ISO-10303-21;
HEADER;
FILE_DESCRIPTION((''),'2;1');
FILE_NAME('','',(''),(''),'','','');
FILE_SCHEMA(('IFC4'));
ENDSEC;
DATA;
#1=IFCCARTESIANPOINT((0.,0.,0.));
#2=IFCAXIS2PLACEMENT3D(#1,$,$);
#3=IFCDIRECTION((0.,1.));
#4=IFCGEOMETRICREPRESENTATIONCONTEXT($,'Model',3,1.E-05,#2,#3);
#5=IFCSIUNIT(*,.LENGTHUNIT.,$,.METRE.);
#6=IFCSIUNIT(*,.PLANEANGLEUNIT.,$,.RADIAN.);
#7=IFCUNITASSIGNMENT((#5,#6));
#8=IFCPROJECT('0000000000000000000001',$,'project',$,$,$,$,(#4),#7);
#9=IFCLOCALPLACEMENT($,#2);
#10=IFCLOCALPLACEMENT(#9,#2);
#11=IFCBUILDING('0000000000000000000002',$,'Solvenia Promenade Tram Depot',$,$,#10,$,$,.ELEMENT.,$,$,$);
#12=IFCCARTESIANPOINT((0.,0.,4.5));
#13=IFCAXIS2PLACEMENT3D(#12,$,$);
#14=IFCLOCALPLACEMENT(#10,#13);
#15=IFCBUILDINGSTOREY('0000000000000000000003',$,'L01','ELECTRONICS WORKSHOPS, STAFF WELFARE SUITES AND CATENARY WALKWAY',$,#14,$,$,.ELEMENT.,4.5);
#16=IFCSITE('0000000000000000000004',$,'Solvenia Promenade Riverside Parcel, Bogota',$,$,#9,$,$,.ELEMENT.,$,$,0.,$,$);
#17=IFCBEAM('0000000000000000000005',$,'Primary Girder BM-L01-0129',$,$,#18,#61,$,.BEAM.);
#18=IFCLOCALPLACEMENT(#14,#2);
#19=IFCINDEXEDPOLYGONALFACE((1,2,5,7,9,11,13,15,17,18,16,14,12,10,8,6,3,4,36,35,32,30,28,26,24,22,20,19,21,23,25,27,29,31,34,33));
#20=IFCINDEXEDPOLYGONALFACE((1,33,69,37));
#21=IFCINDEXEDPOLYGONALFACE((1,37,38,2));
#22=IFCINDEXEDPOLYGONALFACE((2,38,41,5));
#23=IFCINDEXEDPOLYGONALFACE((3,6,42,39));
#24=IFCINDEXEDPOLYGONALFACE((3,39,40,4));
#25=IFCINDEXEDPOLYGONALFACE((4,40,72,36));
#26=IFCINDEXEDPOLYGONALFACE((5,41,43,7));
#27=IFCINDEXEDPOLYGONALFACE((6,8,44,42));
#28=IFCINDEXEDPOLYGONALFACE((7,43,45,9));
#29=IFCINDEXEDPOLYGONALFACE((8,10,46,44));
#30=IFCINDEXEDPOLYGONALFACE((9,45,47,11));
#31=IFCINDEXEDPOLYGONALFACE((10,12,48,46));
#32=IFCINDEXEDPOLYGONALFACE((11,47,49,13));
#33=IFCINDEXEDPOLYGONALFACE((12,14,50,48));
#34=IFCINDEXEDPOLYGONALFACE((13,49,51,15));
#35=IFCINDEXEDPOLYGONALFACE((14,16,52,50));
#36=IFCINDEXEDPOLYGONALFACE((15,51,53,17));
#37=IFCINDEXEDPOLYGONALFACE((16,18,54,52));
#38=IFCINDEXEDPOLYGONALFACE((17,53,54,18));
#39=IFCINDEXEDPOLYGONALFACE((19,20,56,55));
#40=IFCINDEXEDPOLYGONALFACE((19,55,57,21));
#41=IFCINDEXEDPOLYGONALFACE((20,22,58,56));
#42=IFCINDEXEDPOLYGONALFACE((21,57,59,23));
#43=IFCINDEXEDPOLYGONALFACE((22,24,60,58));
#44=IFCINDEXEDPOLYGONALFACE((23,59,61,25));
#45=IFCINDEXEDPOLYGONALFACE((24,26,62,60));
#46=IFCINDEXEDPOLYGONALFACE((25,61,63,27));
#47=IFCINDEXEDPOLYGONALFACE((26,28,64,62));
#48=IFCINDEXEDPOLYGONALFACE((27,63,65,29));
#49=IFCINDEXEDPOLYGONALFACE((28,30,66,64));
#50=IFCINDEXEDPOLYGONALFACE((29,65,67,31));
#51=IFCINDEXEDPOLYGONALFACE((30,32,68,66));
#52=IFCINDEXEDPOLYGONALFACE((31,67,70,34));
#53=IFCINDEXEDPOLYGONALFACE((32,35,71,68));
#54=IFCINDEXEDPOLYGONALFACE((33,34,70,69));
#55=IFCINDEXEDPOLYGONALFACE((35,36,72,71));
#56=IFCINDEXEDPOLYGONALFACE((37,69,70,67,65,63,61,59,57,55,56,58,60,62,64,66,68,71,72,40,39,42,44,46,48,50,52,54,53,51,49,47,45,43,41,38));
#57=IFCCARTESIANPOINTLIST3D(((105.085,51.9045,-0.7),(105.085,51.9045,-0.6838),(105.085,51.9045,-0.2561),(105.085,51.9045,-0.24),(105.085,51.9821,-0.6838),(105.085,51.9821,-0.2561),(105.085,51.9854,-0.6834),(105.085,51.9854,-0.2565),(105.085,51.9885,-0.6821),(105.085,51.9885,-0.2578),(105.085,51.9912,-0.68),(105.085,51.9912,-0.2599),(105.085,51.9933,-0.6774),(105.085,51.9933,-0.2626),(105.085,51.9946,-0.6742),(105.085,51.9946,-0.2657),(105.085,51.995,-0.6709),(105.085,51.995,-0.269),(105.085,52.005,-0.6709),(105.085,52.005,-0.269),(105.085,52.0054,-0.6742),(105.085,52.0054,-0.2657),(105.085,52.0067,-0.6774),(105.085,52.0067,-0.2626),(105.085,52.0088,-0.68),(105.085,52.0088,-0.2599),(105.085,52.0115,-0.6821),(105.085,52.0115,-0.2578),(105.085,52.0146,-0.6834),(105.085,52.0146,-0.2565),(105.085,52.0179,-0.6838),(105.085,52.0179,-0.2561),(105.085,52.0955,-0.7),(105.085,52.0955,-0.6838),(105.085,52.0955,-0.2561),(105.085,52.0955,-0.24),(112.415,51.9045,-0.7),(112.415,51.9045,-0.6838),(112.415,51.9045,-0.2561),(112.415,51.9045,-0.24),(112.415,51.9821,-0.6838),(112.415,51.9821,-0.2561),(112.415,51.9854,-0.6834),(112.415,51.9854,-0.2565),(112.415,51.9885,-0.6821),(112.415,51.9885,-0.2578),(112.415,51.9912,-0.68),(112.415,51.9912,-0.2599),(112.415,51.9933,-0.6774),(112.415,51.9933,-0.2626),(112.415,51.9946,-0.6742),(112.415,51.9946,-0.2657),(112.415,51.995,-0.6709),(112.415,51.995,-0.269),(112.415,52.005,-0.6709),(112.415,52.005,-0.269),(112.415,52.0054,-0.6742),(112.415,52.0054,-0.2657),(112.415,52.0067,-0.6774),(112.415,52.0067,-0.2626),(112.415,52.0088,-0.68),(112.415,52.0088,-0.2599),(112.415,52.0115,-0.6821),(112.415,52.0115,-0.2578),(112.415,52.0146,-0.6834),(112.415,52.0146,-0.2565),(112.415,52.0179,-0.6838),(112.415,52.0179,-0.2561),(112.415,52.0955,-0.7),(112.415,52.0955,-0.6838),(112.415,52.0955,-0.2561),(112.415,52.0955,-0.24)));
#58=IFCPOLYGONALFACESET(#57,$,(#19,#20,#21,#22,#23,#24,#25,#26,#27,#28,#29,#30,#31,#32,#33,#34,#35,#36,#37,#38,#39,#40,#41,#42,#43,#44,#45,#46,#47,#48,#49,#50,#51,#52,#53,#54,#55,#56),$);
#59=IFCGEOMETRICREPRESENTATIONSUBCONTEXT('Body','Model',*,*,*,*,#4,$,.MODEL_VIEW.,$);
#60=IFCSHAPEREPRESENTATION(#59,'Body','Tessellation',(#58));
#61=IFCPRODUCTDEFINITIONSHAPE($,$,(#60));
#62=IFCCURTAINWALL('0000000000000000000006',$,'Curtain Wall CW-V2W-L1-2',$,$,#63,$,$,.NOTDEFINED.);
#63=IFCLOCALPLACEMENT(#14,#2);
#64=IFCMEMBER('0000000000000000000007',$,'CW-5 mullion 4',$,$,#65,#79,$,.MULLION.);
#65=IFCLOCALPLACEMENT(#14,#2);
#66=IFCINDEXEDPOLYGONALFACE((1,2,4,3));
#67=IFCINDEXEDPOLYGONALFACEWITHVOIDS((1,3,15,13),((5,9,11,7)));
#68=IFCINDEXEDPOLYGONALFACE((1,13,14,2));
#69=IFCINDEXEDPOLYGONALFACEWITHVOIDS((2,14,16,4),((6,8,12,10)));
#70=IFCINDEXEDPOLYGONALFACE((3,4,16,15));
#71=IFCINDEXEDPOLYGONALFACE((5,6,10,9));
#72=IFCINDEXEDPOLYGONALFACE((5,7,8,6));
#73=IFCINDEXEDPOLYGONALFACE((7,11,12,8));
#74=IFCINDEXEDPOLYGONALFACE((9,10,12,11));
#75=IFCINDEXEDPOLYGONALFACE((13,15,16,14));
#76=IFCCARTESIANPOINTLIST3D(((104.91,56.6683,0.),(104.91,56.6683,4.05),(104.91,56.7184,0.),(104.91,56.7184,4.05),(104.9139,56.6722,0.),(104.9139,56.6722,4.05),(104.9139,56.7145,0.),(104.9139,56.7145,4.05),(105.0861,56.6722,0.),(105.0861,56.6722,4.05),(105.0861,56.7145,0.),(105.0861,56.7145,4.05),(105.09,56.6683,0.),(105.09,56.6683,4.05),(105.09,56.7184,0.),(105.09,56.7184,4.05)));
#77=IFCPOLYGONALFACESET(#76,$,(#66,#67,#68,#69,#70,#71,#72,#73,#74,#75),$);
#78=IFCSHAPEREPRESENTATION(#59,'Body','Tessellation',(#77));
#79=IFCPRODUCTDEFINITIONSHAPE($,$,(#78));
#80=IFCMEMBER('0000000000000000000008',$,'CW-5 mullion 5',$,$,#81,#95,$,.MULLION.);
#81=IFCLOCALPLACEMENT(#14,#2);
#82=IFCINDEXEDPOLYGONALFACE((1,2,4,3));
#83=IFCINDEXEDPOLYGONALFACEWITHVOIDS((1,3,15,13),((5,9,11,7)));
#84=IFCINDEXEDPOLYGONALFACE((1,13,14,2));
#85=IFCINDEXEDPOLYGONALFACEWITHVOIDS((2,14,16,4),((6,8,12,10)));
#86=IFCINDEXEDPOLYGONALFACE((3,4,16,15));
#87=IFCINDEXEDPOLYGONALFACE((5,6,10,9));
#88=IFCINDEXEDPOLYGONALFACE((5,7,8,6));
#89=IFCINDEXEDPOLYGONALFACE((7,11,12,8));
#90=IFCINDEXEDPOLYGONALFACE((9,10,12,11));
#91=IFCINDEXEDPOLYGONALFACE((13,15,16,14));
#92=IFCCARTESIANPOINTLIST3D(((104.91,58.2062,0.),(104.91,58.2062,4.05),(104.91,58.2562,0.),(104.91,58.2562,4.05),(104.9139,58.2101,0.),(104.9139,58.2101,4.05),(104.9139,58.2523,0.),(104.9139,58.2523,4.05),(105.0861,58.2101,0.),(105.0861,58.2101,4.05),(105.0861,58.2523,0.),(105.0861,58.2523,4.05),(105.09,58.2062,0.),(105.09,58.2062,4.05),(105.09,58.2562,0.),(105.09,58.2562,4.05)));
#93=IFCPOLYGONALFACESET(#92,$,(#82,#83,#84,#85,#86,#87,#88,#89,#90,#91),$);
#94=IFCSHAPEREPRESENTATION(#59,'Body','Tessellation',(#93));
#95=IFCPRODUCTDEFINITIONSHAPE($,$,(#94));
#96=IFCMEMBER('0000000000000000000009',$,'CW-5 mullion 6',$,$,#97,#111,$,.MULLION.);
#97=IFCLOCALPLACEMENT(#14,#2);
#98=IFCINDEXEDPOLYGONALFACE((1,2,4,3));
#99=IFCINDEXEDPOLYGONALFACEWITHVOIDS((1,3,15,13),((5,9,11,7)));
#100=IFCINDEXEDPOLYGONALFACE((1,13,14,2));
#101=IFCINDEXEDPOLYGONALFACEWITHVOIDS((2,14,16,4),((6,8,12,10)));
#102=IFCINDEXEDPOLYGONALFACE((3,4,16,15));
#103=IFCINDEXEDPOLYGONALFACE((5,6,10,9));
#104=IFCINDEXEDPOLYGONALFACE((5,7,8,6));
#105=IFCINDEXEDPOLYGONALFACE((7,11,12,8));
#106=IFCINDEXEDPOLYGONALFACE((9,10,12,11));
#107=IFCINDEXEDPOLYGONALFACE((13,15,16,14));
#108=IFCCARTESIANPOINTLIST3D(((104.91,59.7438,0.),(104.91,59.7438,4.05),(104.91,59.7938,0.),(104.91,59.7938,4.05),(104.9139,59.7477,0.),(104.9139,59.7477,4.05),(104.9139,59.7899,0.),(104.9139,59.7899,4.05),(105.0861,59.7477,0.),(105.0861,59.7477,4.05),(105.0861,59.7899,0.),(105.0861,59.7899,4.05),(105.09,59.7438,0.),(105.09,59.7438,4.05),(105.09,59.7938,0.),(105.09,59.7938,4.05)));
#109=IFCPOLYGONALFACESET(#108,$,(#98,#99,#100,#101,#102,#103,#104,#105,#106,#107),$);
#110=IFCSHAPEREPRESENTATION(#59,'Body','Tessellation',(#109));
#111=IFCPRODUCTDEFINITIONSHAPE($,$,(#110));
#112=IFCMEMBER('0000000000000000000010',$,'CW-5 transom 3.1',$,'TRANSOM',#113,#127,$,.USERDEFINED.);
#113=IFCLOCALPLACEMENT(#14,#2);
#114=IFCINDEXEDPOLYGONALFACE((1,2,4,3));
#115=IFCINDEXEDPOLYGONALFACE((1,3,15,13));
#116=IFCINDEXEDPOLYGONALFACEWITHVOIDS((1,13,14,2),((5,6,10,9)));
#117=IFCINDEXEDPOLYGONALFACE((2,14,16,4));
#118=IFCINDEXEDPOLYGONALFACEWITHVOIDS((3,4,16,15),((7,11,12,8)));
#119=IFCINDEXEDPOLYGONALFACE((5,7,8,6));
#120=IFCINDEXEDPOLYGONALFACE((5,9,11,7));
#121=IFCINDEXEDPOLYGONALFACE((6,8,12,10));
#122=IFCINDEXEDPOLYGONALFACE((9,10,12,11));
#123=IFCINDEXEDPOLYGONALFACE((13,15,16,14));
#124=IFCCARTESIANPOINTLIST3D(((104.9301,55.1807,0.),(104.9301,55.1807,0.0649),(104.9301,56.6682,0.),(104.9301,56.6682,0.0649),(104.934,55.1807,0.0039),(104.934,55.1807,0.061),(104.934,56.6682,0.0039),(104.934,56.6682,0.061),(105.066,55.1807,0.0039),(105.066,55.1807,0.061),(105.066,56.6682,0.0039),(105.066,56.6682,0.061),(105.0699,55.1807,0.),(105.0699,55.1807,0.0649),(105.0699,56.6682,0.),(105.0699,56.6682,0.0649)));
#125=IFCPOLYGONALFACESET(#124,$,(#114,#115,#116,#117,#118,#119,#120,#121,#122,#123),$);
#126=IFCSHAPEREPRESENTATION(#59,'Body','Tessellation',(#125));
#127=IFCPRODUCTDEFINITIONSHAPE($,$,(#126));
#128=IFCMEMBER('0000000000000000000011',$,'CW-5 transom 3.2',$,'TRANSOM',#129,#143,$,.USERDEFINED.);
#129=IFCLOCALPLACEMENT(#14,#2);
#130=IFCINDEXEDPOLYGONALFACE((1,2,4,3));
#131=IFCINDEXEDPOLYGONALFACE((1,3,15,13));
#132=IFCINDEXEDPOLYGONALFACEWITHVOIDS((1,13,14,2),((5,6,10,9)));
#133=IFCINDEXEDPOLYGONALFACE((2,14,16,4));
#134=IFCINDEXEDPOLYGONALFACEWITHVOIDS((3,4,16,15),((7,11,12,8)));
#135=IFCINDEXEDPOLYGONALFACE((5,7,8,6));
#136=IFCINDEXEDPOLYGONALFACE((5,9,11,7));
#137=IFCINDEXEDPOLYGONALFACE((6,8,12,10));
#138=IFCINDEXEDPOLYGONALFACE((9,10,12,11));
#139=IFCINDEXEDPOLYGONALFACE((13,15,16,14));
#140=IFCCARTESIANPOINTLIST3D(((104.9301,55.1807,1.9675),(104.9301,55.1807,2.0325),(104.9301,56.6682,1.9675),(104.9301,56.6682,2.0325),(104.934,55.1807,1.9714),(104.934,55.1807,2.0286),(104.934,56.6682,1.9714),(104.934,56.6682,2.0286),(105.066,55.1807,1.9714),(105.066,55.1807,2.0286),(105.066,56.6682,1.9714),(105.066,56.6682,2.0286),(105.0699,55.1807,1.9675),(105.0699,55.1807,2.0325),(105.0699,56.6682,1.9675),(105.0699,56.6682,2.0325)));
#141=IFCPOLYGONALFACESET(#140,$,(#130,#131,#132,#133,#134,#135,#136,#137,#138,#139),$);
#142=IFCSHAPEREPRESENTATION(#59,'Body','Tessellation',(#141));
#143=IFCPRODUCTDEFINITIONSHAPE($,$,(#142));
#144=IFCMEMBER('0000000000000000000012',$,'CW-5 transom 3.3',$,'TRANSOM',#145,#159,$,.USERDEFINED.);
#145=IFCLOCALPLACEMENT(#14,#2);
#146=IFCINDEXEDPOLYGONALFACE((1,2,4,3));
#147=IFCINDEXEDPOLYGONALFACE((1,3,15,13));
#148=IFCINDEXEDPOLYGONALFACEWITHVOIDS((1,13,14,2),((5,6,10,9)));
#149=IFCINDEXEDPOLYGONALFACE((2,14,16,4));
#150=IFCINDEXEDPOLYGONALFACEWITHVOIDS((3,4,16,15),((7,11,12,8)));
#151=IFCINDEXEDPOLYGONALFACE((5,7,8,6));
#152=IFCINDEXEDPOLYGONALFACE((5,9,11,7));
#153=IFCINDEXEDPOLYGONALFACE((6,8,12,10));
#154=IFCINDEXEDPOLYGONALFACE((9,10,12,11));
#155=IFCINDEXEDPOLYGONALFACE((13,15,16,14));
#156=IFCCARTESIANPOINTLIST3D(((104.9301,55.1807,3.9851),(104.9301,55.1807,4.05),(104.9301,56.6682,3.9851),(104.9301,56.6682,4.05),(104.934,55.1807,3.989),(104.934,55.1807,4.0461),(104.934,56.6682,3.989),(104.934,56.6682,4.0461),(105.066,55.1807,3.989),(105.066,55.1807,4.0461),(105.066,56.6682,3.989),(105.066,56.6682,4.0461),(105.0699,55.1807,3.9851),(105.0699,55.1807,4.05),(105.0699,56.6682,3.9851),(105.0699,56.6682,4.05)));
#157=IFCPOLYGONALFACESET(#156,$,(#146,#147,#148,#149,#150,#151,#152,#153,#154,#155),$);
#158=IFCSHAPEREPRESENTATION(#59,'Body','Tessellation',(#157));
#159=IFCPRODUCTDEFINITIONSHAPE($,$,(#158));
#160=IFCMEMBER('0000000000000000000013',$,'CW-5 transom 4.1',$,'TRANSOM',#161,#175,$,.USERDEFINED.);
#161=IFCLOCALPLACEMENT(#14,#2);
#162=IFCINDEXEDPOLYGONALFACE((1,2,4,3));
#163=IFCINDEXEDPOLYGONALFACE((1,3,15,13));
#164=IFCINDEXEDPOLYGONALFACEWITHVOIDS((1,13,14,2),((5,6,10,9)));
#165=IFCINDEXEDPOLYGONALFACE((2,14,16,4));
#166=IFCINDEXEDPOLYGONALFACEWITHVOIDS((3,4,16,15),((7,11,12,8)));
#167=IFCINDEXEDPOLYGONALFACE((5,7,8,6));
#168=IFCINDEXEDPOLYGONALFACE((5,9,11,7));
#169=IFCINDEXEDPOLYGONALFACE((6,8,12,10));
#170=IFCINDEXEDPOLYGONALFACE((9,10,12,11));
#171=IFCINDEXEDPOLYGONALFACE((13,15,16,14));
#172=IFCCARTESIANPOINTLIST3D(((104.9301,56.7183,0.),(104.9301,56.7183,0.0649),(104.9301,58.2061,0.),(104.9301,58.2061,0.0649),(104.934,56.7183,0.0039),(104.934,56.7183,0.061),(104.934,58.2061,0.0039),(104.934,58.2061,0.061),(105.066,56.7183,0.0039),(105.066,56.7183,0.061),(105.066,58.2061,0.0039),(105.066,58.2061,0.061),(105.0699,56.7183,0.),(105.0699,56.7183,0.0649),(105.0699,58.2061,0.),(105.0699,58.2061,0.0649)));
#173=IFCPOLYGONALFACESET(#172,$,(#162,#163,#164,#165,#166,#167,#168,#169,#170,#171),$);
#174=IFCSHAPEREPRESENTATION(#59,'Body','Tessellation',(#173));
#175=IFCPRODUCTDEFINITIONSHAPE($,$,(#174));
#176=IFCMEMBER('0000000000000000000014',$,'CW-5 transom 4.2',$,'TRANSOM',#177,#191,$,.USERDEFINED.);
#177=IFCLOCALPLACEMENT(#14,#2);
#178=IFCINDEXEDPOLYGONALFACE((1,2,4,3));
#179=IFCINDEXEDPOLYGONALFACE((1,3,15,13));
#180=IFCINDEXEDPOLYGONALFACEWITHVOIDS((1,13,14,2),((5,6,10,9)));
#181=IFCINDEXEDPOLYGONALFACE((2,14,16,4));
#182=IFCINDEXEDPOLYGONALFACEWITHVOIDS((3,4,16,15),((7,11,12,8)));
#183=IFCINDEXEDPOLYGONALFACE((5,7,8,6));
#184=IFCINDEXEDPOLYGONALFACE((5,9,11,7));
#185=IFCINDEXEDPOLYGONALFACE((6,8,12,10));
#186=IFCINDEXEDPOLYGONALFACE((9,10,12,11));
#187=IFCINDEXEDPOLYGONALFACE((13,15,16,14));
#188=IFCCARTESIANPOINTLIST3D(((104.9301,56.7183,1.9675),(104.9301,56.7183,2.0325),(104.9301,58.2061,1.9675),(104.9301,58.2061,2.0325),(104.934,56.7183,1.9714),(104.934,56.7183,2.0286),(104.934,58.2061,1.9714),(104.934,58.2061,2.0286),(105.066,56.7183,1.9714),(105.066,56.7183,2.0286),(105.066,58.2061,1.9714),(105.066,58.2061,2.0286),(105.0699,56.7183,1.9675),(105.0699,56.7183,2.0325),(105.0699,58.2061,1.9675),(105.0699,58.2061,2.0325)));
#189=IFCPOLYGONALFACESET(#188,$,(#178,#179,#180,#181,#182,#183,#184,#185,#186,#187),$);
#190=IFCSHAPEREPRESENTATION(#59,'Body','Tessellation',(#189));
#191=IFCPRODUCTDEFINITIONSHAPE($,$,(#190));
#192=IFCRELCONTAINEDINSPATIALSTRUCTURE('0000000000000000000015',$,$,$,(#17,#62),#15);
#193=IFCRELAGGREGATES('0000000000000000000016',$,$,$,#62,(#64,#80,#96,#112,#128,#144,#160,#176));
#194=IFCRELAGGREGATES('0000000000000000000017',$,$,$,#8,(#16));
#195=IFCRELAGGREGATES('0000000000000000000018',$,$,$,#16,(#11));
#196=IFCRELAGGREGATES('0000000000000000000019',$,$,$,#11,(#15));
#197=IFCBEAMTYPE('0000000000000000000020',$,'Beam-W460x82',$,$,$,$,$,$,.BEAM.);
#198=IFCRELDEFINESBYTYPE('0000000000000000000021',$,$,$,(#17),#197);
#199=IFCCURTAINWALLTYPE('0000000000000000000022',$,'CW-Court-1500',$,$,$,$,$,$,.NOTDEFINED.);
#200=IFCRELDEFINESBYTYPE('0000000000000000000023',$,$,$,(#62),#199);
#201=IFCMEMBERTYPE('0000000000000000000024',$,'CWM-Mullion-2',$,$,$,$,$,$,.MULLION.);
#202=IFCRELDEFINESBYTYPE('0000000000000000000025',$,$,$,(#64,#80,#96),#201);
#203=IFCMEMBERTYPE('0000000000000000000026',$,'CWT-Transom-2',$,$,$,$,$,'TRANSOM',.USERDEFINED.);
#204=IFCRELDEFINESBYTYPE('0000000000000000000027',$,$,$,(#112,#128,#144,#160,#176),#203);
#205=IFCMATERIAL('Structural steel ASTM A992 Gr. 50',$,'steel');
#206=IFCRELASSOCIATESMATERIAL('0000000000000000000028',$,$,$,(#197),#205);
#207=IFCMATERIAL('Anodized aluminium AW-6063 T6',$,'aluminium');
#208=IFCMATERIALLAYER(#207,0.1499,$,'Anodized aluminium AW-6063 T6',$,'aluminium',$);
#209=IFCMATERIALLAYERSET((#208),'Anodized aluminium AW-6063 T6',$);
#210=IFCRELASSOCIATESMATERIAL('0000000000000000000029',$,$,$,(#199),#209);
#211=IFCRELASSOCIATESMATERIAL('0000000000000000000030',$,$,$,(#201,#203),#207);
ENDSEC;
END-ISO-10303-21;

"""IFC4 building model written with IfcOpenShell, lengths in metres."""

from ifc_helpers import new_model, si_unit, direction, frame, origin, origin_2d, place, context, subcontext, project, spatial, hollow_rectangle, i_section, extrude, material, layer, layer_set, material_profile, profile_set, type_object, element, aggregate, save


model = new_model("IFC4")

# Units and contexts
model_context = context("Model", 3, precision=1e-05, world=origin(), true_north=direction((0.0, 1.0)))
body_context = subcontext(model_context, "Body", "Model", "MODEL_VIEW")
ifc_project = project(units=[si_unit("LENGTHUNIT", "METRE"), si_unit("PLANEANGLEUNIT", "RADIAN")], contexts=[model_context])

# Site, building, storey
site_placement = place(None, origin())
site = spatial("IfcSite", under=ifc_project, at=site_placement, Name="Solvenia Promenade Riverside Parcel, Bogota", CompositionType="ELEMENT", RefElevation=0.0)
building_placement = place(site_placement, origin())
building = spatial("IfcBuilding", under=site, at=building_placement, Name="Solvenia Promenade Tram Depot", CompositionType="ELEMENT")
storey_placement = place(building_placement, frame((0.0, 0.0, 4.5)))
storey = spatial("IfcBuildingStorey", under=building, at=storey_placement, Name="L01", Description="ELECTRONICS WORKSHOPS, STAFF WELFARE SUITES AND CATENARY WALKWAY", CompositionType="ELEMENT", Elevation=4.5)

# Beam
ifc_material_1 = material(Name="Structural steel ASTM A992 Gr. 50", Category="steel")
ifc_material_profile_1 = material_profile(ifc_material_1, i_section(OverallWidth=0.1909, OverallDepth=0.46, WebThickness=0.01, FlangeThickness=0.0161, FilletRadius=0.0129, at=origin_2d()), Name="W460x82", Category="steel")
ifc_profile_set_1 = profile_set([ifc_material_profile_1], Name="Structural steel ASTM A992 Gr. 50")
beam_type_1 = type_object("IfcBeamType", Name="Beam-W460x82", PredefinedType="BEAM", material=ifc_profile_set_1)
beam_placement = place(storey_placement, frame((105.085, 52.0, -0.47), z_axis=(1.0, 0.0, 0.0), x_axis=(0.0, 1.0, 0.0)))
element("IfcBeam", 1, at=beam_placement, inside=storey, type_object=beam_type_1, Name="Primary Girder BM-L01-0129", PredefinedType="BEAM", context=body_context, shape_type="SweptSolid", body=[
    extrude(i_section(OverallWidth=0.1909, OverallDepth=0.46, WebThickness=0.01, FlangeThickness=0.0161, FilletRadius=0.0129, at=origin_2d()), origin(), (0.0, 0.0, 1.0), 7.3301),
])

# Curtain wall, members
ifc_material_2 = material(Name="Anodized aluminium AW-6063 T6", Category="aluminium")
ifc_layer_1 = layer(ifc_material_2, 0.1499, Name="Anodized aluminium AW-6063 T6", Category="aluminium")
ifc_layer_set_1 = layer_set([ifc_layer_1], Name="Anodized aluminium AW-6063 T6")
curtain_wall_type = type_object("IfcCurtainWallType", Name="CW-Court-1500", PredefinedType="NOTDEFINED", material=ifc_layer_set_1)
curtain_wall_placement = place(storey_placement, origin())
curtain_wall = element("IfcCurtainWall", 2, at=curtain_wall_placement, inside=storey, type_object=curtain_wall_type, Name="Curtain Wall CW-V2W-L1-2", PredefinedType="NOTDEFINED")
ifc_material_profile_2 = material_profile(ifc_material_2, hollow_rectangle(XDim=0.1799, YDim=0.05, WallThickness=0.0039, at=origin_2d()), Name="ALU-M2", Category="aluminium")
ifc_profile_set_2 = profile_set([ifc_material_profile_2], Name="Anodized aluminium AW-6063 T6")
member_type_1 = type_object("IfcMemberType", Name="CWM-Mullion-2", PredefinedType="MULLION", material=ifc_profile_set_2)
member_1_placement = place(storey_placement, frame((105.0, 56.6934, 0.0), z_axis=(0.0, 0.0, 1.0), x_axis=(-1.0, 0.0, 0.0)))
member_1 = element("IfcMember", 3, at=member_1_placement, type_object=member_type_1, Name="CW-5 mullion 4", PredefinedType="MULLION", context=body_context, shape_type="SweptSolid", body=[
    extrude(hollow_rectangle(XDim=0.1799, YDim=0.05, WallThickness=0.0039, at=origin_2d()), origin(), (0.0, 0.0, 1.0), 4.05),
])
member_2_placement = place(storey_placement, frame((105.0, 58.2312, 0.0), z_axis=(0.0, 0.0, 1.0), x_axis=(-1.0, 0.0, 0.0)))
member_2 = element("IfcMember", 4, at=member_2_placement, type_object=member_type_1, Name="CW-5 mullion 5", PredefinedType="MULLION", context=body_context, shape_type="SweptSolid", body=[
    extrude(hollow_rectangle(XDim=0.1799, YDim=0.05, WallThickness=0.0039, at=origin_2d()), origin(), (0.0, 0.0, 1.0), 4.05),
])
member_3_placement = place(storey_placement, frame((105.0, 59.7688, 0.0), z_axis=(0.0, 0.0, 1.0), x_axis=(-1.0, 0.0, 0.0)))
member_3 = element("IfcMember", 5, at=member_3_placement, type_object=member_type_1, Name="CW-5 mullion 6", PredefinedType="MULLION", context=body_context, shape_type="SweptSolid", body=[
    extrude(hollow_rectangle(XDim=0.1799, YDim=0.05, WallThickness=0.0039, at=origin_2d()), origin(), (0.0, 0.0, 1.0), 4.05),
])
ifc_material_profile_3 = material_profile(ifc_material_2, hollow_rectangle(XDim=0.1399, YDim=0.0649, WallThickness=0.0039, at=origin_2d()), Name="ALU-T2", Category="aluminium")
ifc_profile_set_3 = profile_set([ifc_material_profile_3], Name="Anodized aluminium AW-6063 T6")
member_type_2 = type_object("IfcMemberType", Name="CWT-Transom-2", ElementType="TRANSOM", PredefinedType="USERDEFINED", material=ifc_profile_set_3)
member_4_placement = place(storey_placement, frame((105.0, 55.1807, 0.0325), z_axis=(0.0, 1.0, 0.0), x_axis=(-1.0, 0.0, 0.0)))
member_4 = element("IfcMember", 6, at=member_4_placement, type_object=member_type_2, Name="CW-5 transom 3.1", ObjectType="TRANSOM", PredefinedType="USERDEFINED", context=body_context, shape_type="SweptSolid", body=[
    extrude(hollow_rectangle(XDim=0.1399, YDim=0.0649, WallThickness=0.0039, at=origin_2d()), origin(), (0.0, 0.0, 1.0), 1.4875),
])
member_5_placement = place(storey_placement, frame((105.0, 55.1807, 2.0), z_axis=(0.0, 1.0, 0.0), x_axis=(-1.0, 0.0, 0.0)))
member_5 = element("IfcMember", 7, at=member_5_placement, type_object=member_type_2, Name="CW-5 transom 3.2", ObjectType="TRANSOM", PredefinedType="USERDEFINED", context=body_context, shape_type="SweptSolid", body=[
    extrude(hollow_rectangle(XDim=0.1399, YDim=0.0649, WallThickness=0.0039, at=origin_2d()), origin(), (0.0, 0.0, 1.0), 1.4875),
])
member_6_placement = place(storey_placement, frame((105.0, 55.1807, 4.0176), z_axis=(0.0, 1.0, 0.0), x_axis=(-1.0, 0.0, 0.0)))
member_6 = element("IfcMember", 8, at=member_6_placement, type_object=member_type_2, Name="CW-5 transom 3.3", ObjectType="TRANSOM", PredefinedType="USERDEFINED", context=body_context, shape_type="SweptSolid", body=[
    extrude(hollow_rectangle(XDim=0.1399, YDim=0.0649, WallThickness=0.0039, at=origin_2d()), origin(), (0.0, 0.0, 1.0), 1.4875),
])
member_7_placement = place(storey_placement, frame((105.0, 56.7183, 0.0325), z_axis=(0.0, 1.0, 0.0), x_axis=(-1.0, 0.0, 0.0)))
member_7 = element("IfcMember", 9, at=member_7_placement, type_object=member_type_2, Name="CW-5 transom 4.1", ObjectType="TRANSOM", PredefinedType="USERDEFINED", context=body_context, shape_type="SweptSolid", body=[
    extrude(hollow_rectangle(XDim=0.1399, YDim=0.0649, WallThickness=0.0039, at=origin_2d()), origin(), (0.0, 0.0, 1.0), 1.4878),
])
member_8_placement = place(storey_placement, frame((105.0, 56.7183, 2.0), z_axis=(0.0, 1.0, 0.0), x_axis=(-1.0, 0.0, 0.0)))
member_8 = element("IfcMember", 10, at=member_8_placement, type_object=member_type_2, Name="CW-5 transom 4.2", ObjectType="TRANSOM", PredefinedType="USERDEFINED", context=body_context, shape_type="SweptSolid", body=[
    extrude(hollow_rectangle(XDim=0.1399, YDim=0.0649, WallThickness=0.0039, at=origin_2d()), origin(), (0.0, 0.0, 1.0), 1.4878),
])

aggregate(curtain_wall, [member_1, member_2, member_3, member_4, member_5, member_6, member_7, member_8])

save(model, "model.ifc")
